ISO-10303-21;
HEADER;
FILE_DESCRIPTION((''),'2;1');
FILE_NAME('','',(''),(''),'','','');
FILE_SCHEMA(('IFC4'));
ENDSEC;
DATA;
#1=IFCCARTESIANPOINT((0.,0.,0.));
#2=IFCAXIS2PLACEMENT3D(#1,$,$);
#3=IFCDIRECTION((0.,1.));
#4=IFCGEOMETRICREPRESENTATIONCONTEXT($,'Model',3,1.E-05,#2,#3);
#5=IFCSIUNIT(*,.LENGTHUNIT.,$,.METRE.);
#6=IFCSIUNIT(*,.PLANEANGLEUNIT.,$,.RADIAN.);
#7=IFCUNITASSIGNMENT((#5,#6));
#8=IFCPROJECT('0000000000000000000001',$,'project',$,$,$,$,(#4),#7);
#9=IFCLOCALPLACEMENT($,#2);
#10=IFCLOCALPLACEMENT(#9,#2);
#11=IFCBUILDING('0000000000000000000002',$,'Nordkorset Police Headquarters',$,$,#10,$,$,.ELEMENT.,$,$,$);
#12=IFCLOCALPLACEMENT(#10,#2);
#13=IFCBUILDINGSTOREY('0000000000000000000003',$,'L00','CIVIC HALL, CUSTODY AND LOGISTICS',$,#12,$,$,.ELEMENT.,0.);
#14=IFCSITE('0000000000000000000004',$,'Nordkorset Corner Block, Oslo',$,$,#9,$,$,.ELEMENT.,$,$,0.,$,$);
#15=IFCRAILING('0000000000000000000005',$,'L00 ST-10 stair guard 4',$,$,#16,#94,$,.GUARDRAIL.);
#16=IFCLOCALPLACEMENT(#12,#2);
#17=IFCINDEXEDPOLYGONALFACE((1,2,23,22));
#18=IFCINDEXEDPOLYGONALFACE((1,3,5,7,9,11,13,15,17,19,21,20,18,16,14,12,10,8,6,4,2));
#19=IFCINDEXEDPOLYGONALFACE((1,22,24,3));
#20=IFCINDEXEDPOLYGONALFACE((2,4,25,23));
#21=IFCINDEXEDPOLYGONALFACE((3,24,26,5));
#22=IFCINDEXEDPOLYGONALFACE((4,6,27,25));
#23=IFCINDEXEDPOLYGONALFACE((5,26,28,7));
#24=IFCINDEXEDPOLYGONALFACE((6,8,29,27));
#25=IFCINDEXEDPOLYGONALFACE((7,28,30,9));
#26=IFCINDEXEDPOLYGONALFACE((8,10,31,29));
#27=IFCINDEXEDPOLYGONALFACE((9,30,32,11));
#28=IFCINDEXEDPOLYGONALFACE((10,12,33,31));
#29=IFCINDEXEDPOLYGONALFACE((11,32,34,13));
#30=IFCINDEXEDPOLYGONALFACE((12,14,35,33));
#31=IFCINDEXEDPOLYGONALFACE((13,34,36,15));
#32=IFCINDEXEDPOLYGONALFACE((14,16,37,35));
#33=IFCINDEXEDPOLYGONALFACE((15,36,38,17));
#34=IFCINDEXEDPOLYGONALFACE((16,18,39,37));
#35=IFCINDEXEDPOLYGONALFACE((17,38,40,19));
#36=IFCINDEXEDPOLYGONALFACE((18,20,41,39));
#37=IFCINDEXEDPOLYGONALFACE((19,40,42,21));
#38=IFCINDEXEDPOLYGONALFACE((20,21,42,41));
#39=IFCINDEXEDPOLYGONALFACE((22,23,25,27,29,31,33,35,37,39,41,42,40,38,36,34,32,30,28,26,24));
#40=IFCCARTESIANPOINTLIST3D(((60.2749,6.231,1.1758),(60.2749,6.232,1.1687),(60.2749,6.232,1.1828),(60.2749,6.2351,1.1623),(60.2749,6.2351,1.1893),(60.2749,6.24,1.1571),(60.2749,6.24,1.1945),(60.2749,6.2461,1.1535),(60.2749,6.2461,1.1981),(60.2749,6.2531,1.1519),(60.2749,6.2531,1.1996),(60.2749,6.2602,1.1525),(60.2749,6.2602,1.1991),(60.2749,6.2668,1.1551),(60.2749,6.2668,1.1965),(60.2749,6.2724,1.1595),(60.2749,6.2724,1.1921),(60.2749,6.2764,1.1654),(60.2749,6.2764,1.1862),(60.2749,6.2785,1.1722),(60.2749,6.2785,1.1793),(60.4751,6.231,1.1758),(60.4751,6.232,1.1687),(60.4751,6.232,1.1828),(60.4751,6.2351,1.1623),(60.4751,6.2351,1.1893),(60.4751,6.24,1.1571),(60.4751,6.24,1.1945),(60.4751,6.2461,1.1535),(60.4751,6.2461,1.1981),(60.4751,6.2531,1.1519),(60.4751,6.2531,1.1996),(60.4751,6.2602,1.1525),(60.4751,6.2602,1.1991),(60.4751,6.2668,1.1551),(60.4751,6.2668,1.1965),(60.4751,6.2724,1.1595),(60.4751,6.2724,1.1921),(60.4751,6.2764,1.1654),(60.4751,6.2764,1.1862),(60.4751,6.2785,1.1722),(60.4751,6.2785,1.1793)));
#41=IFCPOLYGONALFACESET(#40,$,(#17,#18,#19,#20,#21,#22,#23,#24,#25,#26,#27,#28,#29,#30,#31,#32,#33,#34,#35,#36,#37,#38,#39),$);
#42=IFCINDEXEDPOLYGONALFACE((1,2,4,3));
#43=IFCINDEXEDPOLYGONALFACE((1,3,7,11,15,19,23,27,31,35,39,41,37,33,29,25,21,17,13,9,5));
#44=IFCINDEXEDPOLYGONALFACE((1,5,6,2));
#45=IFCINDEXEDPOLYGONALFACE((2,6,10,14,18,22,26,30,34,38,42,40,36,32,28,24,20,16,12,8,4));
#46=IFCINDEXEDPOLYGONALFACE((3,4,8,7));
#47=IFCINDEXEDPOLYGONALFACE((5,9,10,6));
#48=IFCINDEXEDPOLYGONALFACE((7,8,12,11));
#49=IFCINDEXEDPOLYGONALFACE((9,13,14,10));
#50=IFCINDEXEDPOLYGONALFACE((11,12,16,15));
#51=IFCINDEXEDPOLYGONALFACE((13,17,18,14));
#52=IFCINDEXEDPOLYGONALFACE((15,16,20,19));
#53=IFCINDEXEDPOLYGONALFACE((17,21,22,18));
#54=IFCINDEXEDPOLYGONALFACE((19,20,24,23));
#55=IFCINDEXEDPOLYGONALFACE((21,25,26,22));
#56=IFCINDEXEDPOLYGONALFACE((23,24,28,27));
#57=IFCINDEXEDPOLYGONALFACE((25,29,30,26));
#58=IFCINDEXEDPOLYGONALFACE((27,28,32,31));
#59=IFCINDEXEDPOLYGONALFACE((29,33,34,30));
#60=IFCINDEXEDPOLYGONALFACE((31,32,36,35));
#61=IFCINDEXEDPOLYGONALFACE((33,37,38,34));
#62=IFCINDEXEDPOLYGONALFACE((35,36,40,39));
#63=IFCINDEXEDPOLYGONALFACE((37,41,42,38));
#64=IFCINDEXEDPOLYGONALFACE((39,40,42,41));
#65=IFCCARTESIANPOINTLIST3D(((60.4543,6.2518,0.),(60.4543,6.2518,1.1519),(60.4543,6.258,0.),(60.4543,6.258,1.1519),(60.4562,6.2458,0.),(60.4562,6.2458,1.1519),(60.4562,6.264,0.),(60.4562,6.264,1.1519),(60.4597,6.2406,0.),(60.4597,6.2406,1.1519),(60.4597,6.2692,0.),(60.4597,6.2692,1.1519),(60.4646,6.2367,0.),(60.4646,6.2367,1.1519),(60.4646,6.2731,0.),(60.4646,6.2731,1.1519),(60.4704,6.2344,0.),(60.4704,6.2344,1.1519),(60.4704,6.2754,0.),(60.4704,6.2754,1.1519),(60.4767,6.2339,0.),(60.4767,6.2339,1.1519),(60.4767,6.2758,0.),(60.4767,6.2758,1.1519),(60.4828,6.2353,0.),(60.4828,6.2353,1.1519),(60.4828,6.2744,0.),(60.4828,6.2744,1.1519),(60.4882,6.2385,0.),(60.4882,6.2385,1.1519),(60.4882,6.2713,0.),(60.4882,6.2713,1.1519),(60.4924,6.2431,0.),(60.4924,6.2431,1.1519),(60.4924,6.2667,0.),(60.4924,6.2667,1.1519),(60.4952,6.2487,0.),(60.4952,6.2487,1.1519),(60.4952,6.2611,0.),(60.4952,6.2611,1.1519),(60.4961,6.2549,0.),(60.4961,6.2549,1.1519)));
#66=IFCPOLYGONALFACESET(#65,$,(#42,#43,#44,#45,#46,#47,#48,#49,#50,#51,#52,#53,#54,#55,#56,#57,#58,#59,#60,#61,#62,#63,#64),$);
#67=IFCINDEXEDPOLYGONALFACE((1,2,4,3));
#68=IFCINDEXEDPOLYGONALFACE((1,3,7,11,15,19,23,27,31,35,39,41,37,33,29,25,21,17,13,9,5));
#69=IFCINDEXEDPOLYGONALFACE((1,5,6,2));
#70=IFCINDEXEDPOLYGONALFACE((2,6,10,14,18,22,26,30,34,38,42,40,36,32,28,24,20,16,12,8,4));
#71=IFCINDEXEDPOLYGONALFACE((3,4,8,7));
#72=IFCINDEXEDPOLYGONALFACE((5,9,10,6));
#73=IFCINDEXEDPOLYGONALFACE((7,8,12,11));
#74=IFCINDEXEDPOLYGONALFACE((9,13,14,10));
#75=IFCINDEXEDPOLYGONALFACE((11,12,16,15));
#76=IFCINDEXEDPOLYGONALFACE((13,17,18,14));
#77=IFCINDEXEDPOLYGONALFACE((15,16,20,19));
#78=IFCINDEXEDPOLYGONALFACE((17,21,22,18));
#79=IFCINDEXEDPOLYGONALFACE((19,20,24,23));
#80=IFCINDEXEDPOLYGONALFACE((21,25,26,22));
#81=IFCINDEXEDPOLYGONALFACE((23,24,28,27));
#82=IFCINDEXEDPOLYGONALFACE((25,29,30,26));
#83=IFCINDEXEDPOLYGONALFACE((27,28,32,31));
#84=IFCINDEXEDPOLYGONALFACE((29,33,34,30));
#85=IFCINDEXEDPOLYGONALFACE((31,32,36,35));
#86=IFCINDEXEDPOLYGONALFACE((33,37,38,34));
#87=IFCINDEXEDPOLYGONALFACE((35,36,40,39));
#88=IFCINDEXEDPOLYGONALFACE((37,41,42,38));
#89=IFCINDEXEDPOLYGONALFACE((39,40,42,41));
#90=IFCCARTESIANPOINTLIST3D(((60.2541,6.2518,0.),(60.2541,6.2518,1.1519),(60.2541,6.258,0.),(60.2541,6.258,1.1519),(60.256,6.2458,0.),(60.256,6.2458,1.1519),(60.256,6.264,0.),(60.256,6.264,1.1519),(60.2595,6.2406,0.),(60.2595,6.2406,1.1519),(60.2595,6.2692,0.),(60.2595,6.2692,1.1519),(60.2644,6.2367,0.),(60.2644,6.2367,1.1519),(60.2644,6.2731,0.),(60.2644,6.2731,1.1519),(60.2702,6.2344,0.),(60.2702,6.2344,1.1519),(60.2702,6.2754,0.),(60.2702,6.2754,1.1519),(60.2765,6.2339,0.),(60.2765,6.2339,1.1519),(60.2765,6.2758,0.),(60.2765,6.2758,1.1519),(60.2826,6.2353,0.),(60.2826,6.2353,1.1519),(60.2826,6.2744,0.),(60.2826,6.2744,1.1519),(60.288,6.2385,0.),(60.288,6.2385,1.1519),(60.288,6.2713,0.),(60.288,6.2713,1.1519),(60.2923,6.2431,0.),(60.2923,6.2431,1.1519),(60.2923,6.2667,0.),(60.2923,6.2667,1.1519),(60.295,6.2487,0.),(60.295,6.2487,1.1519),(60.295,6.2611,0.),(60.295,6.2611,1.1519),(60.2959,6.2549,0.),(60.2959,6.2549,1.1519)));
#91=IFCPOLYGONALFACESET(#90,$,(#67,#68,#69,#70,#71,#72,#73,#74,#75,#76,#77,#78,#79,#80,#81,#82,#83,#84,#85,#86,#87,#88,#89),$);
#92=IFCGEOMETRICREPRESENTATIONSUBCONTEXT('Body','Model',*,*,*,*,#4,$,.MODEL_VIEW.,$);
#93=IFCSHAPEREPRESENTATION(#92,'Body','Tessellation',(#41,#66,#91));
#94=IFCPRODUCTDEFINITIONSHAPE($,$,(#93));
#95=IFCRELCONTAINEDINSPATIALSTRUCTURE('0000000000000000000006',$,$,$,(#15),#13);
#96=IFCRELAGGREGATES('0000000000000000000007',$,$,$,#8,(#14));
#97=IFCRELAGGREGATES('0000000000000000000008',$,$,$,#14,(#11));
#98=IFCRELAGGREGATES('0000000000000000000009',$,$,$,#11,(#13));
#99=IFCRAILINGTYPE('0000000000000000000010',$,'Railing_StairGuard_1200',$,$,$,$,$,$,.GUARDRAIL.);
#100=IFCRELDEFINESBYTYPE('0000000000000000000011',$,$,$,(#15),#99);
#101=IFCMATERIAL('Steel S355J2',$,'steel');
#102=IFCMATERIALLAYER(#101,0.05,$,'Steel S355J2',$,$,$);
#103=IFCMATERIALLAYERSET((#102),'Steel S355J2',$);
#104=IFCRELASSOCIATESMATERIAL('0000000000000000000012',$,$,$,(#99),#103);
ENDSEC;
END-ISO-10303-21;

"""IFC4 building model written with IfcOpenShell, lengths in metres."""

from ifc_helpers import new_model, si_unit, direction, frame, origin, origin_2d, place, context, subcontext, project, spatial, circle, extrude, material, layer, layer_set, type_object, element, save


model = new_model("IFC4")

# Units and contexts
model_context = context("Model", 3, precision=1e-05, world=origin(), true_north=direction((0.0, 1.0)))
body_context = subcontext(model_context, "Body", "Model", "MODEL_VIEW")
ifc_project = project(units=[si_unit("LENGTHUNIT", "METRE"), si_unit("PLANEANGLEUNIT", "RADIAN")], contexts=[model_context])

# Site, building, storey
site_placement = place(None, origin())
site = spatial("IfcSite", under=ifc_project, at=site_placement, Name="Nordkorset Corner Block, Oslo", CompositionType="ELEMENT", RefElevation=0.0)
building_placement = place(site_placement, origin())
building = spatial("IfcBuilding", under=site, at=building_placement, Name="Nordkorset Police Headquarters", CompositionType="ELEMENT")
storey_placement = place(building_placement, origin())
storey = spatial("IfcBuildingStorey", under=building, at=storey_placement, Name="L00", Description="CIVIC HALL, CUSTODY AND LOGISTICS", CompositionType="ELEMENT", Elevation=0.0)

# Railing
ifc_material_1 = material(Name="Steel S355J2", Category="steel")
ifc_layer_1 = layer(ifc_material_1, 0.05, Name="Steel S355J2")
ifc_layer_set_1 = layer_set([ifc_layer_1], Name="Steel S355J2")
railing_type_1 = type_object("IfcRailingType", Name="Railing_StairGuard_1200", PredefinedType="GUARDRAIL", material=ifc_layer_set_1)
railing_1_placement = place(storey_placement, frame((60.4751, 6.2549, 0.0)))
element("IfcRailing", 1, at=railing_1_placement, inside=storey, type_object=railing_type_1, Name="L00 ST-10 stair guard 4", PredefinedType="GUARDRAIL", context=body_context, shape_type="SweptSolid", body=[
    extrude(circle(Radius=0.0239, at=origin_2d()), frame((0.0, 0.0, 1.1758), z_axis=(-1.0, 0.0, 0.0), x_axis=(0.0, -1.0, 0.0)), (0.0, 0.0, 1.0), 0.2002),
    extrude(circle(Radius=0.021, at=origin_2d()), origin(), (0.0, 0.0, 1.0), 1.1519),
    extrude(circle(Radius=0.021, at=origin_2d()), frame((-0.2002, 0.0, 0.0)), (0.0, 0.0, 1.0), 1.1519),
])

save(model, "model.ifc")
